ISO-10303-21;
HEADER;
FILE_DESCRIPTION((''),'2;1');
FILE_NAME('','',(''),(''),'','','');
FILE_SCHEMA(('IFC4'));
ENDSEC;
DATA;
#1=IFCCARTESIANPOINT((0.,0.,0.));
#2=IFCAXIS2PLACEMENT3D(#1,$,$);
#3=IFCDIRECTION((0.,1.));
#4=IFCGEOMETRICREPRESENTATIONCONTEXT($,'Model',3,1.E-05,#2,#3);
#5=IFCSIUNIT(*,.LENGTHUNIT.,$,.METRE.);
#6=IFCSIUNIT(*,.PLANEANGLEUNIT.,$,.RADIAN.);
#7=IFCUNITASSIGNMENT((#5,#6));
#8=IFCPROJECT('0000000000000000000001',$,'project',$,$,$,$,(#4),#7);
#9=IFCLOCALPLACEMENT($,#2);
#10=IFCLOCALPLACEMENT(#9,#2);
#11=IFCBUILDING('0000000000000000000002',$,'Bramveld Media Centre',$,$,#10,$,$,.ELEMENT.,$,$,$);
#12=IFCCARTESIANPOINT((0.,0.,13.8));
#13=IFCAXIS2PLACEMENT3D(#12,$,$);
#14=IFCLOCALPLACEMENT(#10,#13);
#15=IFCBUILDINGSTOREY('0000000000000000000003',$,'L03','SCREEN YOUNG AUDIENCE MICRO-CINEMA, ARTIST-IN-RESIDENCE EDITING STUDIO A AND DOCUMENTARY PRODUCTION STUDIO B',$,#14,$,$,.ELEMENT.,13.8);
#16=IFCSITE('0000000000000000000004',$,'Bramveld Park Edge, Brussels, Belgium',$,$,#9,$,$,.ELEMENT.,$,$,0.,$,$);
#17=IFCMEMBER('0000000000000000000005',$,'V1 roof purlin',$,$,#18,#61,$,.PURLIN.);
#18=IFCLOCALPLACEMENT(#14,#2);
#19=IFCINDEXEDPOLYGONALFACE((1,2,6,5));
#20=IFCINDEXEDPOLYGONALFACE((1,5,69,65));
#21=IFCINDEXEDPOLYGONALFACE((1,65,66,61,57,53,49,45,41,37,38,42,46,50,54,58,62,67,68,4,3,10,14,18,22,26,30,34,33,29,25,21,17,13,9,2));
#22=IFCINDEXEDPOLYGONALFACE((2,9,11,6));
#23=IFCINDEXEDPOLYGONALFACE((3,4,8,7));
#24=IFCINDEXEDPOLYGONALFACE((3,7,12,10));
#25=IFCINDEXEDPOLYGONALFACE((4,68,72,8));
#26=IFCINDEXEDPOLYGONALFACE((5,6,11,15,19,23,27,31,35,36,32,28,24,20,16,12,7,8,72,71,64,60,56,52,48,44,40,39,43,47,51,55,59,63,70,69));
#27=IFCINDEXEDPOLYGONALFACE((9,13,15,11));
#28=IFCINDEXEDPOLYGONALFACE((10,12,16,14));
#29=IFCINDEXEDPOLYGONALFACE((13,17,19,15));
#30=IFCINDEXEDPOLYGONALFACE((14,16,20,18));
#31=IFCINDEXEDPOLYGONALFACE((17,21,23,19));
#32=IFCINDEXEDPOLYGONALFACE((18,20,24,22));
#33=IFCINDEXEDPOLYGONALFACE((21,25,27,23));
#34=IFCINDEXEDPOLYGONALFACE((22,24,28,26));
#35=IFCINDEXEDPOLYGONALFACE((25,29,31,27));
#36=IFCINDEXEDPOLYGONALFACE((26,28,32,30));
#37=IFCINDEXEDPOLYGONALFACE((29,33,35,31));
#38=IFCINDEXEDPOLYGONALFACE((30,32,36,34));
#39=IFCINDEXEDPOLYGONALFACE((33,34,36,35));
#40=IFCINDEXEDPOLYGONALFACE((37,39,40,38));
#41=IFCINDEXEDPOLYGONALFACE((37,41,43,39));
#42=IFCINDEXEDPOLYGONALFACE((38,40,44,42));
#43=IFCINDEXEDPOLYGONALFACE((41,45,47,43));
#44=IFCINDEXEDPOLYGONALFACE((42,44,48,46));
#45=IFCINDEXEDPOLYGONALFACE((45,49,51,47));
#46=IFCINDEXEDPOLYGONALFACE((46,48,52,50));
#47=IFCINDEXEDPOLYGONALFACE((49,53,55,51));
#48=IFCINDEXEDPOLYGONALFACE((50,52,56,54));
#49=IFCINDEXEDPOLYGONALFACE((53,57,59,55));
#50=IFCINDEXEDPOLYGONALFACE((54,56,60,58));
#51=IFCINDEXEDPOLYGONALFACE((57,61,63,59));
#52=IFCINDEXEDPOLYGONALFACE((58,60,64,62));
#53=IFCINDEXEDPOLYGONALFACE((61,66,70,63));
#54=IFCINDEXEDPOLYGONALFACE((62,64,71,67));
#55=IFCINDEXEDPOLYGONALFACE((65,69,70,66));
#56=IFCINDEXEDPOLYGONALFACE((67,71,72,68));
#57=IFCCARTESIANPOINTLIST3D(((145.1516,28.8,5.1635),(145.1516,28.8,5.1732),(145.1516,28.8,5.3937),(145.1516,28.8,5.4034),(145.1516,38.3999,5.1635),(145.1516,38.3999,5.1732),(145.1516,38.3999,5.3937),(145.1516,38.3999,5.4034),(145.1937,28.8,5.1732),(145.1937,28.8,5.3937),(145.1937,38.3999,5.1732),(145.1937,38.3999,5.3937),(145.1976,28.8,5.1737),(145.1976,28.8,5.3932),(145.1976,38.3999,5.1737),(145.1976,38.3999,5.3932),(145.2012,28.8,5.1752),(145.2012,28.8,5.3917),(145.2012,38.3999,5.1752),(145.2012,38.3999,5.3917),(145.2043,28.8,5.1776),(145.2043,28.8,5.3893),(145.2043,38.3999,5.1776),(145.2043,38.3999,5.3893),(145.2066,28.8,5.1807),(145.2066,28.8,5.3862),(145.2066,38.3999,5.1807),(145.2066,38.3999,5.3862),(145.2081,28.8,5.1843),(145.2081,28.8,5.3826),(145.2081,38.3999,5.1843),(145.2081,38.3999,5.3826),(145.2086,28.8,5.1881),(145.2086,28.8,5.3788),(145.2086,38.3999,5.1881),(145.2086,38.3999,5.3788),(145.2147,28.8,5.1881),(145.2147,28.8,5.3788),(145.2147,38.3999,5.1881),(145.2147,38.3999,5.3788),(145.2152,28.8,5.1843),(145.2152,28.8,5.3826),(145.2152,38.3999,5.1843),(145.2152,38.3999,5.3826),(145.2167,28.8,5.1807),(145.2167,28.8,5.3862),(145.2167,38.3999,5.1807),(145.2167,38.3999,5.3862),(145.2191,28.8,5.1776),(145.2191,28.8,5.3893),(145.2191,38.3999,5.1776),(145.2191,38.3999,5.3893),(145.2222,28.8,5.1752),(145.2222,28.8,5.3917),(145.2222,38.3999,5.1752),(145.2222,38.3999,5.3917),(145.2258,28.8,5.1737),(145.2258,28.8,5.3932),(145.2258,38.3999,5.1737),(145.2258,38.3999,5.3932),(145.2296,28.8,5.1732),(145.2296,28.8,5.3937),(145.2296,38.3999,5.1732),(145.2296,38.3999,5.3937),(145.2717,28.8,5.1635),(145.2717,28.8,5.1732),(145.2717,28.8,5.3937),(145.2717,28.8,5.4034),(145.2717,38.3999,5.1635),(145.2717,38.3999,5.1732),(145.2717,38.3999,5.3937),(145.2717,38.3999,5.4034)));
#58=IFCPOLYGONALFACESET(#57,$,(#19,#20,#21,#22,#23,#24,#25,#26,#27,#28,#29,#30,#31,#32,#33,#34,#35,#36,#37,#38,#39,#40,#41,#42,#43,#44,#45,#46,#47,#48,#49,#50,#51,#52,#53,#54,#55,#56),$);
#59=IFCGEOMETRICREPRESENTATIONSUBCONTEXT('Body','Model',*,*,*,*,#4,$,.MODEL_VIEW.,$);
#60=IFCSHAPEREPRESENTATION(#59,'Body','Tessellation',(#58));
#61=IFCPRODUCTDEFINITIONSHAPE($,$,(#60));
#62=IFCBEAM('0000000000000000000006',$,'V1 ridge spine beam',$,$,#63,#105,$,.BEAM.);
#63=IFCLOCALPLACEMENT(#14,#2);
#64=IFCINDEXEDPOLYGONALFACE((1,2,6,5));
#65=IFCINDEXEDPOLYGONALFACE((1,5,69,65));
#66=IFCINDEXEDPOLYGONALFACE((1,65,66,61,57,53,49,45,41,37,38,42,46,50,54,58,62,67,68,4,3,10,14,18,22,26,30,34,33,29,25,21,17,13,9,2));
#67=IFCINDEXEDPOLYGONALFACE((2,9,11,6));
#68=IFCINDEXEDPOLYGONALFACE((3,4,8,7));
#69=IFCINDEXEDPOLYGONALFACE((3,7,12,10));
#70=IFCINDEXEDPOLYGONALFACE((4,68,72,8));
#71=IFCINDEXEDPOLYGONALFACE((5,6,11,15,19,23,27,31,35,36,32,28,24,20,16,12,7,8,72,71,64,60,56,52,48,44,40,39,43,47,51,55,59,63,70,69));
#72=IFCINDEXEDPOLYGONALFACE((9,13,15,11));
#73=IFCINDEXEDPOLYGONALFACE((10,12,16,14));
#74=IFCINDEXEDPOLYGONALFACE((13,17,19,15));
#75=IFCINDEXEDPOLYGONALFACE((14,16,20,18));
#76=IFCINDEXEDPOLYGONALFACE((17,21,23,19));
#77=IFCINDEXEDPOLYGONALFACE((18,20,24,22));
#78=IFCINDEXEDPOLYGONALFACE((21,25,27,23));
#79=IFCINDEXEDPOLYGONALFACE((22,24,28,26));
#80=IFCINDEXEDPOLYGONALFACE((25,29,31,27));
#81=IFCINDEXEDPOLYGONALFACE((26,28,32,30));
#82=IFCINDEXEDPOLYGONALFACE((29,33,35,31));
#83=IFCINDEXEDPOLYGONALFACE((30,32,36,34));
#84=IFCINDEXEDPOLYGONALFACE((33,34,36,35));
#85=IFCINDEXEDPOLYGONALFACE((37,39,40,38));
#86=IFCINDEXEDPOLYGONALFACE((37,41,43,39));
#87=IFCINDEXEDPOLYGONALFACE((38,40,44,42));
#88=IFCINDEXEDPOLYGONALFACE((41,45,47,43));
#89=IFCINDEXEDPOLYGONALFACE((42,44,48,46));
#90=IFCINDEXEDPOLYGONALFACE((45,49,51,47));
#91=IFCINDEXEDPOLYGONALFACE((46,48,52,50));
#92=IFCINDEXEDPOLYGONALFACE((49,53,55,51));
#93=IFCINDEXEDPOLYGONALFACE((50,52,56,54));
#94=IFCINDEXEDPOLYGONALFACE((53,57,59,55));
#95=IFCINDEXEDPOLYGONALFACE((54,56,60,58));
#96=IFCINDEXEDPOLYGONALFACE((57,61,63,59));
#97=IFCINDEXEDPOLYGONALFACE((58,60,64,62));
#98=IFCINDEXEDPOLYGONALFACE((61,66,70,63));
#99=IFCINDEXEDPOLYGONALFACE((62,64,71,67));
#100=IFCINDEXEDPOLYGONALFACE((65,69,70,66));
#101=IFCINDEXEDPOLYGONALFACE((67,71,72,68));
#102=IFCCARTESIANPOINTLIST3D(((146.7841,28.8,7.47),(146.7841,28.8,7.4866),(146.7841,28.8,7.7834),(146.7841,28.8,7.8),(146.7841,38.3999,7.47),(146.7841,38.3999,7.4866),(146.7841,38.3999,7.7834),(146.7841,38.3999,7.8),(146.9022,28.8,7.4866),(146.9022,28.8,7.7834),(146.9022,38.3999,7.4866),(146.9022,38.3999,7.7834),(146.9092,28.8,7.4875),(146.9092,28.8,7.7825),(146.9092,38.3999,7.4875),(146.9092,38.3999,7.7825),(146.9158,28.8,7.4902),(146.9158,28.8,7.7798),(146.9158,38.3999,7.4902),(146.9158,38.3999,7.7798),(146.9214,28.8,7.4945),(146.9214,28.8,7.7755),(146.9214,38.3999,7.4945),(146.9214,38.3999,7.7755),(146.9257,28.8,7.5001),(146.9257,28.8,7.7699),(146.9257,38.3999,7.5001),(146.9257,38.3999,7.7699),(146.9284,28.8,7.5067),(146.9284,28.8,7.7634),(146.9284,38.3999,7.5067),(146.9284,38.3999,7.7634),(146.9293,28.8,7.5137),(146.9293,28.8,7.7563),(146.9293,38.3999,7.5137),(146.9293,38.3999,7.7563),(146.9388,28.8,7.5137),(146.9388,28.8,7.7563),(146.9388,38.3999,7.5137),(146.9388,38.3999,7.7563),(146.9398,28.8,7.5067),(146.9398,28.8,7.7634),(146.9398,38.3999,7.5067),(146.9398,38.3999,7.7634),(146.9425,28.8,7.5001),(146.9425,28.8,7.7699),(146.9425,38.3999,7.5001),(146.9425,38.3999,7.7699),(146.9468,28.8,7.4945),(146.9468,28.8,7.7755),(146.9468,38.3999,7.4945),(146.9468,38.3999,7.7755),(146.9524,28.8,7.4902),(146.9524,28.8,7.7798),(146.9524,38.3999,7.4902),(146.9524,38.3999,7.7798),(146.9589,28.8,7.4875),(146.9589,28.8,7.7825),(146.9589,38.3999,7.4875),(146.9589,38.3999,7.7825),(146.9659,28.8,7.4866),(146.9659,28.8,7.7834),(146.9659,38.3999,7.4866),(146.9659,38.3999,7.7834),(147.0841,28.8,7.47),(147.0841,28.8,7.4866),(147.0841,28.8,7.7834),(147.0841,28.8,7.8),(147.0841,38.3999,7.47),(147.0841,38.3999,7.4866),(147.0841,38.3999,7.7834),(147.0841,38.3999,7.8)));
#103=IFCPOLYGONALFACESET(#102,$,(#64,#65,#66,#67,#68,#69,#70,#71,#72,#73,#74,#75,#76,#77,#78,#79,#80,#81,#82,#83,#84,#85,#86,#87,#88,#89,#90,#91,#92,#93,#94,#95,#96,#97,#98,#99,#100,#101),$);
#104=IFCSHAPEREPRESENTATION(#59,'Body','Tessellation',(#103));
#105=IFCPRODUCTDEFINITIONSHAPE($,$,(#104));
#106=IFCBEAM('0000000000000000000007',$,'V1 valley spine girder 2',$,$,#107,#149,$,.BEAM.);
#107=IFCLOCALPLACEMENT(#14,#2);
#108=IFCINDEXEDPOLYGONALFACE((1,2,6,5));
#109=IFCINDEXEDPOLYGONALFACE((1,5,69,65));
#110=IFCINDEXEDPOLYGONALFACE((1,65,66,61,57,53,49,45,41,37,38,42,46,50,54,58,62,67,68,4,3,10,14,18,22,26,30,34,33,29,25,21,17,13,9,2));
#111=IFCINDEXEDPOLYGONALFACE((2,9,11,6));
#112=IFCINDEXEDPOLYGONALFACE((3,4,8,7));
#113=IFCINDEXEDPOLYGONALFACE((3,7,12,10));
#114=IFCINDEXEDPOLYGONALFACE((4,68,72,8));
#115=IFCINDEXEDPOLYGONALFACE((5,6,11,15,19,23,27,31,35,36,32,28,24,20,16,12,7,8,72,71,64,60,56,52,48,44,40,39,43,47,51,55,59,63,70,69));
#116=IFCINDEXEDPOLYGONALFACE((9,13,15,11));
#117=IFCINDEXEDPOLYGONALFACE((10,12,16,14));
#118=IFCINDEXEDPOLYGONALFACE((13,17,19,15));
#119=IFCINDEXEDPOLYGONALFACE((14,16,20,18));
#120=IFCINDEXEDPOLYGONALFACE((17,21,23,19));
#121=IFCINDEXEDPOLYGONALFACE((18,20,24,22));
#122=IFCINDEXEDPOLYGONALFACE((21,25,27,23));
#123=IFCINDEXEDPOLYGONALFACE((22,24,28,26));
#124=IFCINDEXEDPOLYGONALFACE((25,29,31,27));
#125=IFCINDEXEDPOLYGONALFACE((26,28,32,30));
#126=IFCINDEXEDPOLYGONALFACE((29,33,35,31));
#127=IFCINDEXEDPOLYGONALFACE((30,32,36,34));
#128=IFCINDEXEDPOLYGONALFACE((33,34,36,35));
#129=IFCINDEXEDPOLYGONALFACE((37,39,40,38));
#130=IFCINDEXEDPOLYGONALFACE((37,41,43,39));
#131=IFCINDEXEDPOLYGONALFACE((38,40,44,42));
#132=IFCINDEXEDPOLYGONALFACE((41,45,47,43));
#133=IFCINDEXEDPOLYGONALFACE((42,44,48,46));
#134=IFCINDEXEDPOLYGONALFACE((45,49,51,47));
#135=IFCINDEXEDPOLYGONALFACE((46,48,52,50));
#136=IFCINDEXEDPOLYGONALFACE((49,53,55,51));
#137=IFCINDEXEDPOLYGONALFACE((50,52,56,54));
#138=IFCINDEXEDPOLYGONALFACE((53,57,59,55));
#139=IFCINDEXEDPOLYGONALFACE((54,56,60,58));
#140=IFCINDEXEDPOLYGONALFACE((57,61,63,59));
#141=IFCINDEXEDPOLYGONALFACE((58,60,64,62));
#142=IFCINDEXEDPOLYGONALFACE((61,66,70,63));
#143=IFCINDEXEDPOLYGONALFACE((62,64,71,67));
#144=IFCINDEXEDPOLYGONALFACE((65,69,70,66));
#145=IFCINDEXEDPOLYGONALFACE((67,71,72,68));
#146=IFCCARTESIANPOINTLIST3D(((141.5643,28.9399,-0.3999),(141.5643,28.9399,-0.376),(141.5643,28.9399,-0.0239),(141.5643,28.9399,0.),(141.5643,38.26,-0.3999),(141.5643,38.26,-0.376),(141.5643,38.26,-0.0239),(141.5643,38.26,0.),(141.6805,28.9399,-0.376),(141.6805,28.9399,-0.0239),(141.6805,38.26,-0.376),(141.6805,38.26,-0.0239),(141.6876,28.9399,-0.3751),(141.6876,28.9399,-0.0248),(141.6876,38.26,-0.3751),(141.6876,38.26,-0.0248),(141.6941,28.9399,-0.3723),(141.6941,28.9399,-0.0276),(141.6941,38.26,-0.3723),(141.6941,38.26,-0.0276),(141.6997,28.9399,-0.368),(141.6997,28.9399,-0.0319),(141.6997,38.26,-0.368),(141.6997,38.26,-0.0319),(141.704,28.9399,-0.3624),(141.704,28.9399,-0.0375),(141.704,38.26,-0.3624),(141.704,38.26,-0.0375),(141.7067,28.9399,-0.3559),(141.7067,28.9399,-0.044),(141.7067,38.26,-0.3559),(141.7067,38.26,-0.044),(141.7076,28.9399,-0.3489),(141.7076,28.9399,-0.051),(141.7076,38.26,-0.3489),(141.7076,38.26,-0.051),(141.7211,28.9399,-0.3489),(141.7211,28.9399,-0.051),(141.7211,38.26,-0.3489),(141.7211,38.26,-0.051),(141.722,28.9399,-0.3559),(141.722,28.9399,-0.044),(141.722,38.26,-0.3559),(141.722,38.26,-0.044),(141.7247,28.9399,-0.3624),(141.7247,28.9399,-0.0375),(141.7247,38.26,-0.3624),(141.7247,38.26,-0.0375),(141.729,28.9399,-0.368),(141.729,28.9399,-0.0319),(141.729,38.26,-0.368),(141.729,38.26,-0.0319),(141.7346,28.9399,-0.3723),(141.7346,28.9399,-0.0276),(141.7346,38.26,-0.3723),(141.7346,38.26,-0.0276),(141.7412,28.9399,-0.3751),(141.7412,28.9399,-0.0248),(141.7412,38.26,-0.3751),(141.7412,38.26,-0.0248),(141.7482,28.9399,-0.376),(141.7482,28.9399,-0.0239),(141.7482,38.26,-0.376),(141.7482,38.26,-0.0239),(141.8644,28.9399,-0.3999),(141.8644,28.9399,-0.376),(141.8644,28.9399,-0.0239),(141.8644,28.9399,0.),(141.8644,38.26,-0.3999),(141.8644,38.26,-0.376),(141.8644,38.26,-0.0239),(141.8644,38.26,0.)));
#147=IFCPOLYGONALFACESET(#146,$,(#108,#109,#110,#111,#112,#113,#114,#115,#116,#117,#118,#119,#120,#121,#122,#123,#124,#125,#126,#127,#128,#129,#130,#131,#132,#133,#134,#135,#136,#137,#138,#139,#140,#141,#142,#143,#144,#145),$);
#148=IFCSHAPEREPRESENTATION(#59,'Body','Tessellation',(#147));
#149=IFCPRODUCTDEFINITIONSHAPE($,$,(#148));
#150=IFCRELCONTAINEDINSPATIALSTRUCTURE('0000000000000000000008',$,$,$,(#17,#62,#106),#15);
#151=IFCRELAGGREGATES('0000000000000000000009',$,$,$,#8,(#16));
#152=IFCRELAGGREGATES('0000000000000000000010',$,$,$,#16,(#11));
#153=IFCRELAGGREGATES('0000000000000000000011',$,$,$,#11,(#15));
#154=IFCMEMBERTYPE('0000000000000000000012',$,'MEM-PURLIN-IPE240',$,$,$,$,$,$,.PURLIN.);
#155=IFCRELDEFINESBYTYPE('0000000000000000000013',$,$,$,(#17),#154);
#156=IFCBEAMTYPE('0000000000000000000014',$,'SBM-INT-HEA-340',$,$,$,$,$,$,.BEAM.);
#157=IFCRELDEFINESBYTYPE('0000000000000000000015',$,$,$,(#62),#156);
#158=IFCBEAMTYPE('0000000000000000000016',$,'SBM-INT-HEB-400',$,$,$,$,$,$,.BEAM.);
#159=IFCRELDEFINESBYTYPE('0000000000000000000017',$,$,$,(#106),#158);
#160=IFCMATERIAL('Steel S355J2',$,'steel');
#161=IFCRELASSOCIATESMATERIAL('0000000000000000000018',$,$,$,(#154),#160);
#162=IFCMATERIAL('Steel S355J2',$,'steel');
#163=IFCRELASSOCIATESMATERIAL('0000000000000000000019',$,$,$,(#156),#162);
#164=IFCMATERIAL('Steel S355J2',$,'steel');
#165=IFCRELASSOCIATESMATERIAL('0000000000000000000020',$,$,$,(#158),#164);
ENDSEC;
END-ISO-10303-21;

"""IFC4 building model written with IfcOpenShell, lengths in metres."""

from ifc_helpers import new_model, si_unit, direction, frame, origin, origin_2d, place, context, subcontext, project, spatial, i_section, extrude, material, material_profile, profile_set, type_object, element, save


model = new_model("IFC4")

# Units and contexts
model_context = context("Model", 3, precision=1e-05, world=origin(), true_north=direction((0.0, 1.0)))
body_context = subcontext(model_context, "Body", "Model", "MODEL_VIEW")
ifc_project = project(units=[si_unit("LENGTHUNIT", "METRE"), si_unit("PLANEANGLEUNIT", "RADIAN")], contexts=[model_context])

# Site, building, storey
site_placement = place(None, origin())
site = spatial("IfcSite", under=ifc_project, at=site_placement, Name="Bramveld Park Edge, Brussels, Belgium", CompositionType="ELEMENT", RefElevation=0.0)
building_placement = place(site_placement, origin())
building = spatial("IfcBuilding", under=site, at=building_placement, Name="Bramveld Media Centre", CompositionType="ELEMENT")
storey_placement = place(building_placement, frame((0.0, 0.0, 13.8)))
storey = spatial("IfcBuildingStorey", under=building, at=storey_placement, Name="L03", Description="SCREEN YOUNG AUDIENCE MICRO-CINEMA, ARTIST-IN-RESIDENCE EDITING STUDIO A AND DOCUMENTARY PRODUCTION STUDIO B", CompositionType="ELEMENT", Elevation=13.8)

# Member
ifc_material_1 = material(Name="Steel S355J2", Category="steel")
ifc_material_profile_1 = material_profile(ifc_material_1, i_section(OverallWidth=0.1201, OverallDepth=0.24, WebThickness=0.0061, FlangeThickness=0.0098, FilletRadius=0.0149, at=origin_2d()), Name="IPE 240")
ifc_profile_set_1 = profile_set([ifc_material_profile_1], Name="Steel S355J2")
member_type_1 = type_object("IfcMemberType", Name="MEM-PURLIN-IPE240", PredefinedType="PURLIN", material=ifc_profile_set_1)
member_1_placement = place(storey_placement, frame((145.2117, 28.8, 5.2834), z_axis=(0.0, 1.0, 0.0), x_axis=(-1.0, 0.0, 0.0)))
element("IfcMember", 1, at=member_1_placement, inside=storey, type_object=member_type_1, Name="V1 roof purlin", PredefinedType="PURLIN", context=body_context, shape_type="SweptSolid", body=[
    extrude(i_section(OverallWidth=0.1201, OverallDepth=0.24, WebThickness=0.0061, FlangeThickness=0.0098, FilletRadius=0.0149, at=origin_2d()), origin(), (0.0, 0.0, 1.0), 9.5999),
])

# Beams
ifc_material_2 = material(Name="Steel S355J2", Category="steel")
ifc_material_profile_2 = material_profile(ifc_material_2, i_section(OverallWidth=0.3, OverallDepth=0.3301, WebThickness=0.0095, FlangeThickness=0.0166, FilletRadius=0.0271, at=origin_2d()), Name="HEA 340")
ifc_profile_set_2 = profile_set([ifc_material_profile_2], Name="Steel S355J2")
beam_type_1 = type_object("IfcBeamType", Name="SBM-INT-HEA-340", PredefinedType="BEAM", material=ifc_profile_set_2)
beam_1_placement = place(storey_placement, frame((146.9341, 28.8, 7.635), z_axis=(0.0, 1.0, 0.0), x_axis=(-1.0, 0.0, 0.0)))
element("IfcBeam", 2, at=beam_1_placement, inside=storey, type_object=beam_type_1, Name="V1 ridge spine beam", PredefinedType="BEAM", context=body_context, shape_type="SweptSolid", body=[
    extrude(i_section(OverallWidth=0.3, OverallDepth=0.3301, WebThickness=0.0095, FlangeThickness=0.0166, FilletRadius=0.0271, at=origin_2d()), origin(), (0.0, 0.0, 1.0), 9.5999),
])
ifc_material_3 = material(Name="Steel S355J2", Category="steel")
ifc_material_profile_3 = material_profile(ifc_material_3, i_section(OverallWidth=0.3, OverallDepth=0.3999, WebThickness=0.0134, FlangeThickness=0.0239, FilletRadius=0.0271, at=origin_2d()), Name="HEB 400")
ifc_profile_set_3 = profile_set([ifc_material_profile_3], Name="Steel S355J2")
beam_type_2 = type_object("IfcBeamType", Name="SBM-INT-HEB-400", PredefinedType="BEAM", material=ifc_profile_set_3)
beam_2_placement = place(storey_placement, frame((141.7144, 28.9399, -0.2), z_axis=(0.0, 1.0, 0.0), x_axis=(-1.0, 0.0, 0.0)))
element("IfcBeam", 3, at=beam_2_placement, inside=storey, type_object=beam_type_2, Name="V1 valley spine girder 2", PredefinedType="BEAM", context=body_context, shape_type="SweptSolid", body=[
    extrude(i_section(OverallWidth=0.3, OverallDepth=0.3999, WebThickness=0.0134, FlangeThickness=0.0239, FilletRadius=0.0271, at=origin_2d()), origin(), (0.0, 0.0, 1.0), 9.3201),
])

save(model, "model.ifc")
